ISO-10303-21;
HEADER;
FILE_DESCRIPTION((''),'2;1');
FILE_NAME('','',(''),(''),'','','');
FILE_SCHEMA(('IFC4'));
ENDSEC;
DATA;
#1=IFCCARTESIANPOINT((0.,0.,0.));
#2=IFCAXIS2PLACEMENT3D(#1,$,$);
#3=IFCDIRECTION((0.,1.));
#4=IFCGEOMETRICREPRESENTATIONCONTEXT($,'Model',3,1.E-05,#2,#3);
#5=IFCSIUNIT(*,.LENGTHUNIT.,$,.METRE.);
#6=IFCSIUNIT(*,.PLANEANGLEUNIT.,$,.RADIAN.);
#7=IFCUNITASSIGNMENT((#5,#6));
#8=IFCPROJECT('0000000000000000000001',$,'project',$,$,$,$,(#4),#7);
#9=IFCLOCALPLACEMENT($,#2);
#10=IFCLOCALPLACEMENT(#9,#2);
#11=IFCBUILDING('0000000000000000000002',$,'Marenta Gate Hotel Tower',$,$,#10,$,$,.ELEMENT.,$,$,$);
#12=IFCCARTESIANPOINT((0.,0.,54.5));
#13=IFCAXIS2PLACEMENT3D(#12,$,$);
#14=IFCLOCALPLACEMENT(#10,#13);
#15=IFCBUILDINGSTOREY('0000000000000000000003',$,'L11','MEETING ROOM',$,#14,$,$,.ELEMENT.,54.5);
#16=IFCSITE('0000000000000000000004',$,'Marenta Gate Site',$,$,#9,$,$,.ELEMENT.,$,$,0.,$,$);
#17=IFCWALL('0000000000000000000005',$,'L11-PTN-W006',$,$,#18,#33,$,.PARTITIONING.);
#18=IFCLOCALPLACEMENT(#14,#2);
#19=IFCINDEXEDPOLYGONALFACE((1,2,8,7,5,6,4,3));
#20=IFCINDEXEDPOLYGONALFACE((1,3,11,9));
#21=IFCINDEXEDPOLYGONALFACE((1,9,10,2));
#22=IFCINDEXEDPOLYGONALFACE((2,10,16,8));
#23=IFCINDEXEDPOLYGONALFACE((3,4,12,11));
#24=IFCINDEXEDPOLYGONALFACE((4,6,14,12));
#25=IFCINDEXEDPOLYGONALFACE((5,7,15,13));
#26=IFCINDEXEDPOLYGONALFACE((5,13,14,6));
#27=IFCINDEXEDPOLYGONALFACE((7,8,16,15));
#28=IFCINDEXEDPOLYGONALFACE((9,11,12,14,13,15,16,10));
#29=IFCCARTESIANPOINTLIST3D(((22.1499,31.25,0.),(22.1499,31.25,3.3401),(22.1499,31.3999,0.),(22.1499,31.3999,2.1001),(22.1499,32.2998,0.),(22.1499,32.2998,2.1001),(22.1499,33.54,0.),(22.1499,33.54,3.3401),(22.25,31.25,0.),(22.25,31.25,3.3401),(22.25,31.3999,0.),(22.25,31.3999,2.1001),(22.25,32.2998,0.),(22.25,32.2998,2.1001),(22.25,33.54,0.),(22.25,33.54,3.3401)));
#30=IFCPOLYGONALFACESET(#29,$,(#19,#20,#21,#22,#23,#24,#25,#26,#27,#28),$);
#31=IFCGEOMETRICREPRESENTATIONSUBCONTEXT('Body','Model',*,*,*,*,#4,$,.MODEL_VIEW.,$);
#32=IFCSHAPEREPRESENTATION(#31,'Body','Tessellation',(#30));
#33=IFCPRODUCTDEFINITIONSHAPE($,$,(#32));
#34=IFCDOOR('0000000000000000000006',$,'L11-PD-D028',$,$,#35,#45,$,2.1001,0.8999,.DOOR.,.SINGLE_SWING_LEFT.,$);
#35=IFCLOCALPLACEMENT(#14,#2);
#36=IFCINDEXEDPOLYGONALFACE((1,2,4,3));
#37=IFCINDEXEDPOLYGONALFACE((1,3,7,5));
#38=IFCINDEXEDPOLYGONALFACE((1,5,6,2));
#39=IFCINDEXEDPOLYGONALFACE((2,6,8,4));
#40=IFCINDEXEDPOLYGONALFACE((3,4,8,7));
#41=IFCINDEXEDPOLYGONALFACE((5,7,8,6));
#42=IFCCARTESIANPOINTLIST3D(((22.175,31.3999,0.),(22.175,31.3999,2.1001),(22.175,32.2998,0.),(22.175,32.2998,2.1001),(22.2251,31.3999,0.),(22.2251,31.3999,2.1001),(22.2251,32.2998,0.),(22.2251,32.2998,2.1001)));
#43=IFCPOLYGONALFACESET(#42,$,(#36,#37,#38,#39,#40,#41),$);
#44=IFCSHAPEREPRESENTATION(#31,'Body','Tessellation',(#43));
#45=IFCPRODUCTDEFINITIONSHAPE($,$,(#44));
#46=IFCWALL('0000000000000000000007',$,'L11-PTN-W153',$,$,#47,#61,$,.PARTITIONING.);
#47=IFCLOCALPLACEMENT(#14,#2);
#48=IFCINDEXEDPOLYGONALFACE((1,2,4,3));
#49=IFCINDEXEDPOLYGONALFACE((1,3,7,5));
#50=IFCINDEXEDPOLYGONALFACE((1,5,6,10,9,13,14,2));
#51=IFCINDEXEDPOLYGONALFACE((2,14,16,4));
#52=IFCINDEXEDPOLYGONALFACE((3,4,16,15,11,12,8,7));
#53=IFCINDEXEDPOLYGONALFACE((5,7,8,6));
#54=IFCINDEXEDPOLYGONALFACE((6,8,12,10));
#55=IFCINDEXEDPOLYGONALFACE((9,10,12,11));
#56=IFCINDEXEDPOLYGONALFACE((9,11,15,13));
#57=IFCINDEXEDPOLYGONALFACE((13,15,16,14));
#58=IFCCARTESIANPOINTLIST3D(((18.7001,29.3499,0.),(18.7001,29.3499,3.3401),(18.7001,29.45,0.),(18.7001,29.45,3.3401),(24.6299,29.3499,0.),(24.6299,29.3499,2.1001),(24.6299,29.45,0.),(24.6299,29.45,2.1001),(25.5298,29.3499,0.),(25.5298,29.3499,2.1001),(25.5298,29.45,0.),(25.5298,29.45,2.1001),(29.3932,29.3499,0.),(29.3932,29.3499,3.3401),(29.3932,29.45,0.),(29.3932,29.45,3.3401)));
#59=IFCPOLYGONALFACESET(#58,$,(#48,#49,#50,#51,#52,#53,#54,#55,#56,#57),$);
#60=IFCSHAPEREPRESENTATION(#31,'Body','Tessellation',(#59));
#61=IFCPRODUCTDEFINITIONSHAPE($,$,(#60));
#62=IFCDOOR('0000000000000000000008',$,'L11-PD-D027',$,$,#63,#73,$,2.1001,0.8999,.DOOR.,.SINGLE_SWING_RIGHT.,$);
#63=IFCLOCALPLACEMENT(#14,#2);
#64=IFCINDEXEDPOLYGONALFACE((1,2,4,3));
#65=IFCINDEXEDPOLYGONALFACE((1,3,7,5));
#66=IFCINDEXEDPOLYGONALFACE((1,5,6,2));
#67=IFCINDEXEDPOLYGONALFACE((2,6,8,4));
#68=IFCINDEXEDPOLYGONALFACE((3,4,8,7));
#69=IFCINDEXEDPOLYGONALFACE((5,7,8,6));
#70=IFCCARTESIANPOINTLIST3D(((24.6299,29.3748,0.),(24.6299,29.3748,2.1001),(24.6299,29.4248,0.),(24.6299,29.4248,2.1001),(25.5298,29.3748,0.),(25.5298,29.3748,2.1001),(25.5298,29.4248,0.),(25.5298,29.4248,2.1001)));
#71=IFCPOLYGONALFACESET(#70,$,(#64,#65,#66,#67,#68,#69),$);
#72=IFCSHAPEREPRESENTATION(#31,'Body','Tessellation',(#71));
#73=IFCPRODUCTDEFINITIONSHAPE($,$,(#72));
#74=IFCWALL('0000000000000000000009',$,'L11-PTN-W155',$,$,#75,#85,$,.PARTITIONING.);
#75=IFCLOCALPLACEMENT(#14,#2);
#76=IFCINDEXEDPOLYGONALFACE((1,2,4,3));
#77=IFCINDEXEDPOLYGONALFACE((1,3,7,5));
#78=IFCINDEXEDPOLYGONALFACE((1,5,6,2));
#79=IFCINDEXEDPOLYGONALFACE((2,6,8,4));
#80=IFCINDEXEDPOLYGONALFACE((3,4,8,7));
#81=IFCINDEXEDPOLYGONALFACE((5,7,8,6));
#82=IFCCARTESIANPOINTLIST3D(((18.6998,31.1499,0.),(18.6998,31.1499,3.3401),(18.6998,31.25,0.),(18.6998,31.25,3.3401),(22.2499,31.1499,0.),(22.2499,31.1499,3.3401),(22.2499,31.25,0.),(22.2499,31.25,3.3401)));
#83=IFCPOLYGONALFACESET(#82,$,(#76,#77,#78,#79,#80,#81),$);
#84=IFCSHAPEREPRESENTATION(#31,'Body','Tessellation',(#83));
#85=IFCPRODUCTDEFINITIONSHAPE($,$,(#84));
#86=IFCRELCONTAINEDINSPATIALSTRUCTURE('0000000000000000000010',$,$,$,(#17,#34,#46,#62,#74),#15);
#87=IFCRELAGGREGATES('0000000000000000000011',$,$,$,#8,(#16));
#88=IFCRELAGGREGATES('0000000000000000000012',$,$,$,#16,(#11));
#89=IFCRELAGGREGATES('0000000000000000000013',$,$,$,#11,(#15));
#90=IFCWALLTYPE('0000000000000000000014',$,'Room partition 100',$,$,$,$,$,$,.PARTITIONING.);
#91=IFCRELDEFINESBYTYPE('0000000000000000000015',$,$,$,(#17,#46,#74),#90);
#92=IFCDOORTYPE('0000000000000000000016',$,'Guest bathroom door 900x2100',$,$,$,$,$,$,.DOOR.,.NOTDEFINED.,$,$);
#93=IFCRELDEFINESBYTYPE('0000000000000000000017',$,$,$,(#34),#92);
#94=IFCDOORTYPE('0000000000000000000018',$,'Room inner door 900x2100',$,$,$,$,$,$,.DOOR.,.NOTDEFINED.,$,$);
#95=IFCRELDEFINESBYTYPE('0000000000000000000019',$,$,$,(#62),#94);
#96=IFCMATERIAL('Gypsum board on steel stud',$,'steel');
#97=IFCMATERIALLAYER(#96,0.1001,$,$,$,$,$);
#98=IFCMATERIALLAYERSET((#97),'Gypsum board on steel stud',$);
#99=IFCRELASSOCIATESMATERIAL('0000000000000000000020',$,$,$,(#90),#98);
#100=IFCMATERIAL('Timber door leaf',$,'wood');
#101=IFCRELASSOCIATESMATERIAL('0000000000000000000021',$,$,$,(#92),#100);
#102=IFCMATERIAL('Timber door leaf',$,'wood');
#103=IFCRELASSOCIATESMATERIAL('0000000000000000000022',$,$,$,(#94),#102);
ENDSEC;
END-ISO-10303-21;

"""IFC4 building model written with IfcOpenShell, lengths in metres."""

from ifc_helpers import new_model, si_unit, direction, frame, frame_2d, origin, place, context, subcontext, project, spatial, rectangle, extrude, material, layer, layer_set, type_object, element, fill, save


model = new_model("IFC4")

# Units and contexts
model_context = context("Model", 3, precision=1e-05, world=origin(), true_north=direction((0.0, 1.0)))
body_context = subcontext(model_context, "Body", "Model", "MODEL_VIEW")
ifc_project = project(units=[si_unit("LENGTHUNIT", "METRE"), si_unit("PLANEANGLEUNIT", "RADIAN")], contexts=[model_context])

# Site, building, storey
site_placement = place(None, origin())
site = spatial("IfcSite", under=ifc_project, at=site_placement, Name="Marenta Gate Site", CompositionType="ELEMENT", RefElevation=0.0)
building_placement = place(site_placement, origin())
building = spatial("IfcBuilding", under=site, at=building_placement, Name="Marenta Gate Hotel Tower", CompositionType="ELEMENT")
storey_placement = place(building_placement, frame((0.0, 0.0, 54.5)))
storey = spatial("IfcBuildingStorey", under=building, at=storey_placement, Name="L11", Description="MEETING ROOM", CompositionType="ELEMENT", Elevation=54.5)

# Walls, openings, doors
ifc_material_1 = material(Name="Gypsum board on steel stud", Category="steel")
ifc_layer_1 = layer(ifc_material_1, 0.1001)
ifc_layer_set_1 = layer_set([ifc_layer_1], Name="Gypsum board on steel stud")
wall_type_1 = type_object("IfcWallType", Name="Room partition 100", PredefinedType="PARTITIONING", material=ifc_layer_set_1)
wall_1_placement = place(storey_placement, frame((22.2, 31.25, 0.0), z_axis=(0.0, 0.0, 1.0), x_axis=(0.0, 1.0, 0.0)))
wall_1 = element("IfcWall", 1, at=wall_1_placement, inside=storey, type_object=wall_type_1, Name="L11-PTN-W006", PredefinedType="PARTITIONING", context=body_context, shape_type="SweptSolid", body=[
    extrude(rectangle(XDim=2.29, YDim=0.1001, at=frame_2d((1.145, 0.0))), origin(), (0.0, 0.0, 1.0), 3.3401),
])
opening_1_placement = place(wall_1_placement, frame((0.1499, 0.0, 0.0)))
opening_1 = element("IfcOpeningElement", 2, at=opening_1_placement, cuts=wall_1, PredefinedType="OPENING", context=body_context, shape_type="SweptSolid", body=[
    extrude(rectangle(XDim=0.8999, YDim=2.1001, at=frame_2d((0.45, 1.05))), frame((0.0, 0.05, 0.0), z_axis=(0.0, -1.0, 0.0), x_axis=(1.0, 0.0, 0.0)), (0.0, 0.0, 1.0), 0.1001),
])
ifc_material_2 = material(Name="Timber door leaf", Category="wood")
door_type_1 = type_object("IfcDoorType", Name="Guest bathroom door 900x2100", OperationType="NOTDEFINED", PredefinedType="DOOR", material=ifc_material_2)
door_1_placement = place(opening_1_placement, origin())
door_1 = element("IfcDoor", 3, at=door_1_placement, inside=storey, type_object=door_type_1, Name="L11-PD-D028", OperationType="SINGLE_SWING_LEFT", OverallHeight=2.1001, OverallWidth=0.8999, PredefinedType="DOOR", context=body_context, shape_type="SweptSolid", body=[
    extrude(rectangle(XDim=0.8999, YDim=2.1001, at=frame_2d((0.45, 1.05))), frame((0.0, 0.0249, 0.0), z_axis=(0.0, -1.0, 0.0), x_axis=(1.0, 0.0, 0.0)), (0.0, 0.0, 1.0), 0.05),
])
fill(opening_1, door_1)
wall_2_placement = place(storey_placement, frame((18.7, 29.3999, 0.0), z_axis=(0.0, 0.0, 1.0), x_axis=(1.0, 0.0, 0.0)))
wall_2 = element("IfcWall", 4, at=wall_2_placement, inside=storey, type_object=wall_type_1, Name="L11-PTN-W153", PredefinedType="PARTITIONING", context=body_context, shape_type="SweptSolid", body=[
    extrude(rectangle(XDim=10.6931, YDim=0.1001, at=frame_2d((5.3467, 0.0))), origin(), (0.0, 0.0, 1.0), 3.3401),
])
opening_2_placement = place(wall_2_placement, frame((5.9299, 0.0, 0.0)))
opening_2 = element("IfcOpeningElement", 5, at=opening_2_placement, cuts=wall_2, PredefinedType="OPENING", context=body_context, shape_type="SweptSolid", body=[
    extrude(rectangle(XDim=0.8999, YDim=2.1001, at=frame_2d((0.45, 1.05))), frame((0.0, 0.05, 0.0), z_axis=(0.0, -1.0, 0.0), x_axis=(1.0, 0.0, 0.0)), (0.0, 0.0, 1.0), 0.1001),
])
ifc_material_3 = material(Name="Timber door leaf", Category="wood")
door_type_2 = type_object("IfcDoorType", Name="Room inner door 900x2100", OperationType="NOTDEFINED", PredefinedType="DOOR", material=ifc_material_3)
door_2_placement = place(opening_2_placement, origin())
door_2 = element("IfcDoor", 6, at=door_2_placement, inside=storey, type_object=door_type_2, Name="L11-PD-D027", OperationType="SINGLE_SWING_RIGHT", OverallHeight=2.1001, OverallWidth=0.8999, PredefinedType="DOOR", context=body_context, shape_type="SweptSolid", body=[
    extrude(rectangle(XDim=0.8999, YDim=2.1001, at=frame_2d((0.45, 1.05))), frame((0.0, 0.0249, 0.0), z_axis=(0.0, -1.0, 0.0), x_axis=(1.0, 0.0, 0.0)), (0.0, 0.0, 1.0), 0.05),
])
fill(opening_2, door_2)

# Wall
wall_3_placement = place(storey_placement, frame((18.7, 31.2, 0.0), z_axis=(0.0, 0.0, 1.0), x_axis=(1.0, 0.0, 0.0)))
element("IfcWall", 7, at=wall_3_placement, inside=storey, type_object=wall_type_1, Name="L11-PTN-W155", PredefinedType="PARTITIONING", context=body_context, shape_type="SweptSolid", body=[
    extrude(rectangle(XDim=3.55, YDim=0.1001, at=frame_2d((1.7749, 0.0))), origin(), (0.0, 0.0, 1.0), 3.3401),
])

save(model, "model.ifc")
